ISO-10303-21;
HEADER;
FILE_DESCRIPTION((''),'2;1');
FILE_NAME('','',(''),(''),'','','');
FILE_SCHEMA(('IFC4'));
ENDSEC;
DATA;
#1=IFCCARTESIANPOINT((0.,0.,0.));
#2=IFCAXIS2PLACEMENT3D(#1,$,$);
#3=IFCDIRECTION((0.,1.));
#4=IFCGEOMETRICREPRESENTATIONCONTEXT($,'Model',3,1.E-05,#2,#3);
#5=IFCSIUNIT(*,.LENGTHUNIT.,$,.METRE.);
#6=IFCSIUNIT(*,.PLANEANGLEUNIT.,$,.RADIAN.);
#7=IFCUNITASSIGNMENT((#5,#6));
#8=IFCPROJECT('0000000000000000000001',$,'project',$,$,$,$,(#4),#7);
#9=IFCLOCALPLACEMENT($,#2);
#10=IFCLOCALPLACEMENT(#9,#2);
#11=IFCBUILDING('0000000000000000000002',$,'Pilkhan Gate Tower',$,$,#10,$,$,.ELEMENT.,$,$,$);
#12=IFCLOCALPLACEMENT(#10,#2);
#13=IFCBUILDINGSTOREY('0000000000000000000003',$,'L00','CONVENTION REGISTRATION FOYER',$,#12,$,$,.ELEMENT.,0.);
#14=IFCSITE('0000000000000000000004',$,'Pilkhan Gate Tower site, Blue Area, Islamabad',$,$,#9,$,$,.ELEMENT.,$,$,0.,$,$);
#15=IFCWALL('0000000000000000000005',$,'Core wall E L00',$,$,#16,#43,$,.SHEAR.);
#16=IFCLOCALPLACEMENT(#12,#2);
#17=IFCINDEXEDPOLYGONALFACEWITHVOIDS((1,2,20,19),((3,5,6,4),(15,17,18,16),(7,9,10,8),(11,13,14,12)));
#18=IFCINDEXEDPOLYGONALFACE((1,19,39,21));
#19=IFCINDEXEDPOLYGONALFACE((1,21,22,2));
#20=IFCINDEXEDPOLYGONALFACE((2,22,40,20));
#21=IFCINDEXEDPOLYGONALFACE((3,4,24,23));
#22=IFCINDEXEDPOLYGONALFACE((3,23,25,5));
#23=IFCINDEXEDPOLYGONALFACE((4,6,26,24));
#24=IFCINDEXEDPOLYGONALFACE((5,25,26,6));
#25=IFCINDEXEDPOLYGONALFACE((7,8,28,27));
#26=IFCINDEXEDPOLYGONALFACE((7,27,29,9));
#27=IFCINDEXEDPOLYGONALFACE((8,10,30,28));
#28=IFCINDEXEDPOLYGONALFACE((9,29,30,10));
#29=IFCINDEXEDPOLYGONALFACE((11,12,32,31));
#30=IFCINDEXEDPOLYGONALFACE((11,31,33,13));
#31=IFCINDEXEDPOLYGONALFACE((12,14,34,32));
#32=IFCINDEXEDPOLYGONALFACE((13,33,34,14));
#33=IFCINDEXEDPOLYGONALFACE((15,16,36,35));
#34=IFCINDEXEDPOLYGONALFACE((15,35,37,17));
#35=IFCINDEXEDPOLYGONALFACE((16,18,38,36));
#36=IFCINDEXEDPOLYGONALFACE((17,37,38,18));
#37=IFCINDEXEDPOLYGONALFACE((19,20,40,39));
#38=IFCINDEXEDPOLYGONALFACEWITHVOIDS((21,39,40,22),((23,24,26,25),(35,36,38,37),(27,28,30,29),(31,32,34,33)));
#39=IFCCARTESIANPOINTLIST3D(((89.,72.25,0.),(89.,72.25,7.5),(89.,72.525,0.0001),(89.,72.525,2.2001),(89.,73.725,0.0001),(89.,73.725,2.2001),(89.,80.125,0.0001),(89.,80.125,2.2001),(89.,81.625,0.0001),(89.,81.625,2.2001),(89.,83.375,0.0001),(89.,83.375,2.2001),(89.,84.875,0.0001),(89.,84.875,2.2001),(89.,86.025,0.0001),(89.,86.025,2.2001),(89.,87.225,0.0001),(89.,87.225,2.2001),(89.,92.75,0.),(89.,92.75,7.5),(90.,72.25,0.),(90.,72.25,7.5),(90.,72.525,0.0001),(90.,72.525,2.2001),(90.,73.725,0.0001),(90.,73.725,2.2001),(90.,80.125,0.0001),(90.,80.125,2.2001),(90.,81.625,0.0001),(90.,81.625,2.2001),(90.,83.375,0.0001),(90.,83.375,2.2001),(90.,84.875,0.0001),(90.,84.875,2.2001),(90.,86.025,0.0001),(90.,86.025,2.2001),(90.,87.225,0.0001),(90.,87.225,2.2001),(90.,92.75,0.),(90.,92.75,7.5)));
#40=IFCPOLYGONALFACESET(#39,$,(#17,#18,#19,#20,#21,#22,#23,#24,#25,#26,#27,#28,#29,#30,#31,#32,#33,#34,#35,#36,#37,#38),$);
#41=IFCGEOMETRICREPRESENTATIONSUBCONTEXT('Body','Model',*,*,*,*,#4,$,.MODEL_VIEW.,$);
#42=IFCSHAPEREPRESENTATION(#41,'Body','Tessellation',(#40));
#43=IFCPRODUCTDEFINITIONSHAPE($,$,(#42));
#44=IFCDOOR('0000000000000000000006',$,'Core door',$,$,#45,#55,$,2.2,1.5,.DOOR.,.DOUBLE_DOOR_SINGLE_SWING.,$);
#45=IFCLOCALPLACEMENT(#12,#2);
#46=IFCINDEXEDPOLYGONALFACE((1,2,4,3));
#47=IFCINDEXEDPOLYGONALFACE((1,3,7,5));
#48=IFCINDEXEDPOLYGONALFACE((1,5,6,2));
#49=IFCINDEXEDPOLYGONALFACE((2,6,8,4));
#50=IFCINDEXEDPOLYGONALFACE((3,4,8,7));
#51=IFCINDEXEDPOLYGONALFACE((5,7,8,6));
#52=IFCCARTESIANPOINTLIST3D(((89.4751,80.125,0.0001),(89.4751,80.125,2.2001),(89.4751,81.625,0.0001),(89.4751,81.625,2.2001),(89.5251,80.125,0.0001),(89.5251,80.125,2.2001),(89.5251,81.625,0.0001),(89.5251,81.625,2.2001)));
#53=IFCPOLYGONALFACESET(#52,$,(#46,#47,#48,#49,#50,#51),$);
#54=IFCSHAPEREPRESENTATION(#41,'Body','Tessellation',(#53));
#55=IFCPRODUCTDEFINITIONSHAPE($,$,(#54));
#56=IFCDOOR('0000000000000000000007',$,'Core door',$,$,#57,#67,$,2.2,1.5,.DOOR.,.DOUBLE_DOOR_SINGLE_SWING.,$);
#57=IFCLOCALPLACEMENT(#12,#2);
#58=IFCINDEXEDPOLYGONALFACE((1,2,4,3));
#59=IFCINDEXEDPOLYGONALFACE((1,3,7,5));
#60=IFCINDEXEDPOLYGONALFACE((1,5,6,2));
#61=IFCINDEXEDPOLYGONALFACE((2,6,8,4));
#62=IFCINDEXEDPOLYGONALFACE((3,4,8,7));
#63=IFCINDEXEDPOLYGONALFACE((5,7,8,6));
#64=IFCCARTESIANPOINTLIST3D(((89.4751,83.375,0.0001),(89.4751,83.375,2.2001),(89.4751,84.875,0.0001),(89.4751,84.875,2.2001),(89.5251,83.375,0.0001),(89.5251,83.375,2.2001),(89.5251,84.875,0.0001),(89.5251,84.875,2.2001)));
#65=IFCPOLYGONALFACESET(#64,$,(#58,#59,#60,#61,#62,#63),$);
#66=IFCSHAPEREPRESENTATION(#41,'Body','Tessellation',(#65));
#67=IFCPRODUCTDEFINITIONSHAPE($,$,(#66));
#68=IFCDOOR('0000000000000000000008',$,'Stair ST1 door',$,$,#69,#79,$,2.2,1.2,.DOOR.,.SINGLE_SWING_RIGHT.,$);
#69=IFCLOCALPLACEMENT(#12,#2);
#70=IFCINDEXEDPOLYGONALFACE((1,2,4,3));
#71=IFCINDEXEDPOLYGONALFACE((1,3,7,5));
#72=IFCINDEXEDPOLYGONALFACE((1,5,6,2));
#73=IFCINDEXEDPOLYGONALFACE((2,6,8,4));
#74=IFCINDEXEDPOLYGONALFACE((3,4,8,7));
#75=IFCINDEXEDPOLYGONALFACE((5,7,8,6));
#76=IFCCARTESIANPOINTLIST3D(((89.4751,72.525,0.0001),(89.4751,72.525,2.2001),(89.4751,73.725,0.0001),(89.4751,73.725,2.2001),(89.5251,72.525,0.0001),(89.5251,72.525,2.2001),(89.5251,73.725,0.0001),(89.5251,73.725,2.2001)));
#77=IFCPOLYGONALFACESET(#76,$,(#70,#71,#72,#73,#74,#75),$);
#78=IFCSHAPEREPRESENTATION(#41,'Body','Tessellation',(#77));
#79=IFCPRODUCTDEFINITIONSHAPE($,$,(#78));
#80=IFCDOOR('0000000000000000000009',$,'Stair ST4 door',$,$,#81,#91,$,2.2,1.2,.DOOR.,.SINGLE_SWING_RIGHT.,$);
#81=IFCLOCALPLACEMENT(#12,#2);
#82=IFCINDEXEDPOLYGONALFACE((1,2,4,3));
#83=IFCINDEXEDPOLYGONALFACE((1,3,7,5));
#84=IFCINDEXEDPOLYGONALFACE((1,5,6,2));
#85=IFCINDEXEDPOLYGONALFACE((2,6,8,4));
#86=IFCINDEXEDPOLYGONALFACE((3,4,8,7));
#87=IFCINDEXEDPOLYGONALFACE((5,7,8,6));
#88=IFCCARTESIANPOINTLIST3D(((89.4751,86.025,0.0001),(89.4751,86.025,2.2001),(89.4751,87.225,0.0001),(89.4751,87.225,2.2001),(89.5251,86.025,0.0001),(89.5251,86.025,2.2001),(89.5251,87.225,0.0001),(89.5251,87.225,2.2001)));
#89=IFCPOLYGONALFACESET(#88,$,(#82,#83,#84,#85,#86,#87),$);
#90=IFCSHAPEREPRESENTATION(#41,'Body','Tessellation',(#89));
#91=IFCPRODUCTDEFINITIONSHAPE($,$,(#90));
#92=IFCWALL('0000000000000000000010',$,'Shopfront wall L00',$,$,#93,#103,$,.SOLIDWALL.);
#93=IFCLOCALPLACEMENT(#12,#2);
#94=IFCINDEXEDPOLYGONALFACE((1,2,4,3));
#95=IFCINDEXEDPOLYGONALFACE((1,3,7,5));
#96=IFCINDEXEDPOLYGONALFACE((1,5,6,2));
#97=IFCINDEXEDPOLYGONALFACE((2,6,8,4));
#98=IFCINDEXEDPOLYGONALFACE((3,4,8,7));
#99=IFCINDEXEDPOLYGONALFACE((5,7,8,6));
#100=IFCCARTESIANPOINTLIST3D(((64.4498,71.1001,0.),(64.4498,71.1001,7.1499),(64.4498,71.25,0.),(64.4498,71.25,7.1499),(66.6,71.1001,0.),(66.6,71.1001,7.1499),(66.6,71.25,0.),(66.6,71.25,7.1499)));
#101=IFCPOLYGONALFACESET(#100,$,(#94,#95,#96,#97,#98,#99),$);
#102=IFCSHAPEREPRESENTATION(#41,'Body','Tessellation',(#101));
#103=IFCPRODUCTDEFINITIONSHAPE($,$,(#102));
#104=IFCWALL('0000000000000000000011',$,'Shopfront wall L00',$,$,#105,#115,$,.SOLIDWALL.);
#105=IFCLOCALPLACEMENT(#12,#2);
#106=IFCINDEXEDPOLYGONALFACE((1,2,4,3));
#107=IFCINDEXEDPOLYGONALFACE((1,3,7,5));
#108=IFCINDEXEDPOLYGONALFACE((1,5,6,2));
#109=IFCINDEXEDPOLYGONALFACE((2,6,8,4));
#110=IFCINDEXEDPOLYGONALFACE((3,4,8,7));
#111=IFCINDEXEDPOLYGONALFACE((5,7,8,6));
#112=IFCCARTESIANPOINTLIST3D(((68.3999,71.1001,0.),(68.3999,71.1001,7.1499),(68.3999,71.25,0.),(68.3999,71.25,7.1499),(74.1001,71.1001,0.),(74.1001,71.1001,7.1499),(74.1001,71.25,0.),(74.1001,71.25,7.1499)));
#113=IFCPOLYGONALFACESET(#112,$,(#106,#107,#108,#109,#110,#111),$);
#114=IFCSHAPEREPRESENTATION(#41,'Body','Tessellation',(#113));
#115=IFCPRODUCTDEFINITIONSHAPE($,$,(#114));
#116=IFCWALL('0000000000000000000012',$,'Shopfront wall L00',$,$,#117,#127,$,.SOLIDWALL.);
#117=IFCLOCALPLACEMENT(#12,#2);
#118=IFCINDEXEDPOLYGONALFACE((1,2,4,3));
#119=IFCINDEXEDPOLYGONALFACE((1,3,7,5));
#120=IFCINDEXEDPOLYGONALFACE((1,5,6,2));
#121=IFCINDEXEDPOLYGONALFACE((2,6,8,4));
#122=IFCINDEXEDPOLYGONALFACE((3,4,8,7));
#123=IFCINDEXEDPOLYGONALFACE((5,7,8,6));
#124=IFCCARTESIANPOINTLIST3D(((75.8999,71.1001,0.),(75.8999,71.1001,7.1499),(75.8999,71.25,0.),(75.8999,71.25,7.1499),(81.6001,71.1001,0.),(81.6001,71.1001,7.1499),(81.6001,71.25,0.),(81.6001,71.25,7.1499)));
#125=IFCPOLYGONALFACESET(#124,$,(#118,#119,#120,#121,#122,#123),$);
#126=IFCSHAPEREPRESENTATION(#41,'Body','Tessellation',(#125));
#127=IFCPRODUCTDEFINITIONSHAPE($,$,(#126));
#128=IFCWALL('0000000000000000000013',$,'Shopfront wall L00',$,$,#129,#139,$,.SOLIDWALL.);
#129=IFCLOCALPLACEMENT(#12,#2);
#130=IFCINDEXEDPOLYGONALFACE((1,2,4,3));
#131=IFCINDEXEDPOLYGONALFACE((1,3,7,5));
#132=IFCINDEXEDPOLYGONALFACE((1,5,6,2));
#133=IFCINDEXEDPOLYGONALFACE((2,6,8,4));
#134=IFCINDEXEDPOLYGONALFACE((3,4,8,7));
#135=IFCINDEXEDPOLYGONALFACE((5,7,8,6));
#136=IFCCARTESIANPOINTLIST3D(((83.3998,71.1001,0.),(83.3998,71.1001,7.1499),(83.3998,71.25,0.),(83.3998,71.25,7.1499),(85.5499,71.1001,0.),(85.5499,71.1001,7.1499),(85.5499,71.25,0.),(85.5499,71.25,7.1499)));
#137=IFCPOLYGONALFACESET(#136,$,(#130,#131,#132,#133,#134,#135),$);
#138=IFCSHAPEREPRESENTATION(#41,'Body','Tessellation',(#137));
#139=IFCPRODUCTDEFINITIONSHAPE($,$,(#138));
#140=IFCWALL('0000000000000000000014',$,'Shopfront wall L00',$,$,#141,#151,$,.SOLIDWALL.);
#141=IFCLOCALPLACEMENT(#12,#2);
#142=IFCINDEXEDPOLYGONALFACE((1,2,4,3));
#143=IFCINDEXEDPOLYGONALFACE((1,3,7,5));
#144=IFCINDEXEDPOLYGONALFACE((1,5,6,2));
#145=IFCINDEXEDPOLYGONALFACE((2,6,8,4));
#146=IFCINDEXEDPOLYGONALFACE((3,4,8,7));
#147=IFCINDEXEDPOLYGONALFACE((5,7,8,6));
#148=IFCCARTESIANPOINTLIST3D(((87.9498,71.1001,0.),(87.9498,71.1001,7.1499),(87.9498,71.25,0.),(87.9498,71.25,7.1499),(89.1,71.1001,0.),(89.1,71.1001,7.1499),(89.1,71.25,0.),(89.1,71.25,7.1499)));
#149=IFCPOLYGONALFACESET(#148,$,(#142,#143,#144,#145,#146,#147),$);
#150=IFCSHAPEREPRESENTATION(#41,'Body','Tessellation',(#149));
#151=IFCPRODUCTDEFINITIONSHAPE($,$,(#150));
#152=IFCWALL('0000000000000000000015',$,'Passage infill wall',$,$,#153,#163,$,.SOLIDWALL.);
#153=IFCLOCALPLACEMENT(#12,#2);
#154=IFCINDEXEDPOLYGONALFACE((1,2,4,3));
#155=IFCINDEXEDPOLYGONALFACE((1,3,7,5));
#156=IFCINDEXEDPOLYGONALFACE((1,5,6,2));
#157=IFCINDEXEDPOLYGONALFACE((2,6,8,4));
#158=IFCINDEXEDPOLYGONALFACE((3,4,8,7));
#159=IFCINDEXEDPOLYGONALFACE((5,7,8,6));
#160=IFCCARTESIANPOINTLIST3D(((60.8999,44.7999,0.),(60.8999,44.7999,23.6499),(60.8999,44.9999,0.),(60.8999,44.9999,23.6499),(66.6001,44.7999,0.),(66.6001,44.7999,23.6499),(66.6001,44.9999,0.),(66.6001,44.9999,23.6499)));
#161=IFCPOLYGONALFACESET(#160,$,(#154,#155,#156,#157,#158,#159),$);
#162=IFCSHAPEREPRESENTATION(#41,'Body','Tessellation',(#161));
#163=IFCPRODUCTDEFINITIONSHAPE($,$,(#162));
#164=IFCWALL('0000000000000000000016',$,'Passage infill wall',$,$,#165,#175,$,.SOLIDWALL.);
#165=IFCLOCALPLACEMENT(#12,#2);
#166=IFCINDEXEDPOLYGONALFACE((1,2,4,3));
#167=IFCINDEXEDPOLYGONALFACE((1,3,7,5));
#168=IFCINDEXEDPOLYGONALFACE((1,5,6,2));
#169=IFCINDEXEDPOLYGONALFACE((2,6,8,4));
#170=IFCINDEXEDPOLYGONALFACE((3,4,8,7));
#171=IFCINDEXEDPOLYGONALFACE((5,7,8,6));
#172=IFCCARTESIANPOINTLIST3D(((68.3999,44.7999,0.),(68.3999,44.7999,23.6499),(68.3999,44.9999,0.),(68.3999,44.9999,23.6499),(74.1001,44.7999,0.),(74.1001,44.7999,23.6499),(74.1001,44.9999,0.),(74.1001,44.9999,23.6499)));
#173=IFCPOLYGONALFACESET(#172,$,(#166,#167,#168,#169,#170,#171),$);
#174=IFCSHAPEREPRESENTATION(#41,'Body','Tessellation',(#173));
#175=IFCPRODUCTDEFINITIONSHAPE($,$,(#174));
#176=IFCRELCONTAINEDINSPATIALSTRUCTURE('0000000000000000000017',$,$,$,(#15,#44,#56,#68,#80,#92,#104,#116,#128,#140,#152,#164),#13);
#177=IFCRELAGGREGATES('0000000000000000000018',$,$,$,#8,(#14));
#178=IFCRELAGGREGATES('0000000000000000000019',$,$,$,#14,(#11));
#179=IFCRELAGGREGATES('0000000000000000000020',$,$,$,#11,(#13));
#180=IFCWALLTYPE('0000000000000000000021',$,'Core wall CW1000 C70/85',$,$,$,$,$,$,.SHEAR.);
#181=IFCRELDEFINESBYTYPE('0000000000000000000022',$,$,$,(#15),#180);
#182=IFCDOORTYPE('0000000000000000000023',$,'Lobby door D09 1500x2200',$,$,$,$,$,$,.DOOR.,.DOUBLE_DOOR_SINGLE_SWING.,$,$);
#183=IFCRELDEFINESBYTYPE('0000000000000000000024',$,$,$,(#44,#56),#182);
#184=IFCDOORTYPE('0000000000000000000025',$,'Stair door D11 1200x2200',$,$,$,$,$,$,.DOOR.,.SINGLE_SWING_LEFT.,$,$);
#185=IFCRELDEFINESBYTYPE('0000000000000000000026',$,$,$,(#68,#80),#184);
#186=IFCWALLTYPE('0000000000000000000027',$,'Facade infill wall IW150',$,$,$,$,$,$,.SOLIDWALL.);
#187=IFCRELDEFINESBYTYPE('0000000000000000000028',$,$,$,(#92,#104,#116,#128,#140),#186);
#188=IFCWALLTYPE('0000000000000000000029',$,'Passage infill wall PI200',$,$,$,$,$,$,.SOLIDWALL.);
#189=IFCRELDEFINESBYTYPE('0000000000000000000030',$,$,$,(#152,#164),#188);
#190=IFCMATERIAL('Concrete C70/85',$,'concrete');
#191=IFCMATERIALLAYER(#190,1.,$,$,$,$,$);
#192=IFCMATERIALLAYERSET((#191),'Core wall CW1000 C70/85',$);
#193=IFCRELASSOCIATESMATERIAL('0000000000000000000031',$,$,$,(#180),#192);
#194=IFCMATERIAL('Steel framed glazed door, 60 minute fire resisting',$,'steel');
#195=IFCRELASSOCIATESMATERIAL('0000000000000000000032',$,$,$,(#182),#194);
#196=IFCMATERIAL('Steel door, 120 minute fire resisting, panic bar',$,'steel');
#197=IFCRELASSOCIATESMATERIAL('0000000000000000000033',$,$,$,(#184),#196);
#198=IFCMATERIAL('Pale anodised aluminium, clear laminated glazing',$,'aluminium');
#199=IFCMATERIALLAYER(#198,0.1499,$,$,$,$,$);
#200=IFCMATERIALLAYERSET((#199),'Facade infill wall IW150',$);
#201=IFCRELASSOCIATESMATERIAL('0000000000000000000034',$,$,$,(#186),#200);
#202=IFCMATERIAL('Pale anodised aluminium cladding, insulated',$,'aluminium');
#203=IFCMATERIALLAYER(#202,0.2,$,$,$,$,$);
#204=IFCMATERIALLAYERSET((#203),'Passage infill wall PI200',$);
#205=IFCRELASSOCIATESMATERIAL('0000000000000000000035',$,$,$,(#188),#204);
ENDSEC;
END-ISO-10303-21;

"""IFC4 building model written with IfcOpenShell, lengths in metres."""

from ifc_helpers import new_model, si_unit, direction, frame, frame_2d, origin, place, context, subcontext, project, spatial, rectangle, extrude, material, layer, layer_set, type_object, element, fill, save


model = new_model("IFC4")

# Units and contexts
model_context = context("Model", 3, precision=1e-05, world=origin(), true_north=direction((0.0, 1.0)))
body_context = subcontext(model_context, "Body", "Model", "MODEL_VIEW")
ifc_project = project(units=[si_unit("LENGTHUNIT", "METRE"), si_unit("PLANEANGLEUNIT", "RADIAN")], contexts=[model_context])

# Site, building, storey
site_placement = place(None, origin())
site = spatial("IfcSite", under=ifc_project, at=site_placement, Name="Pilkhan Gate Tower site, Blue Area, Islamabad", CompositionType="ELEMENT", RefElevation=0.0)
building_placement = place(site_placement, origin())
building = spatial("IfcBuilding", under=site, at=building_placement, Name="Pilkhan Gate Tower", CompositionType="ELEMENT")
storey_placement = place(building_placement, origin())
storey = spatial("IfcBuildingStorey", under=building, at=storey_placement, Name="L00", Description="CONVENTION REGISTRATION FOYER", CompositionType="ELEMENT", Elevation=0.0)

# Shared definitions
ifc_material_1 = material(Name="Concrete C70/85", Category="concrete")

# Wall, openings, doors
ifc_layer_1 = layer(ifc_material_1, 1.0)
ifc_layer_set_1 = layer_set([ifc_layer_1], Name="Core wall CW1000 C70/85")
wall_type_1 = type_object("IfcWallType", Name="Core wall CW1000 C70/85", PredefinedType="SHEAR", material=ifc_layer_set_1)
wall_1_placement = place(storey_placement, frame((89.5, 72.25, 0.0), z_axis=(0.0, 0.0, 1.0), x_axis=(0.0, 1.0, 0.0)))
wall_1 = element("IfcWall", 1, at=wall_1_placement, inside=storey, type_object=wall_type_1, Name="Core wall E L00", PredefinedType="SHEAR", context=body_context, shape_type="SweptSolid", body=[
    extrude(rectangle(XDim=20.5, YDim=1.0, at=frame_2d((10.25, 0.0))), origin(), (0.0, 0.0, 1.0), 7.5),
])
opening_1_placement = place(wall_1_placement, frame((0.2749, 0.0, 0.0)))
opening_1 = element("IfcOpeningElement", 2, at=opening_1_placement, cuts=wall_1, PredefinedType="OPENING", context=body_context, shape_type="SweptSolid", body=[
    extrude(rectangle(XDim=1.2, YDim=2.2, at=frame_2d((0.6001, 1.1001))), frame((0.0, 0.51, 0.0), z_axis=(0.0, -1.0, 0.0), x_axis=(1.0, 0.0, 0.0)), (0.0, 0.0, 1.0), 1.02),
])
opening_2_placement = place(wall_1_placement, frame((13.7749, 0.0, 0.0)))
opening_2 = element("IfcOpeningElement", 3, at=opening_2_placement, cuts=wall_1, PredefinedType="OPENING", context=body_context, shape_type="SweptSolid", body=[
    extrude(rectangle(XDim=1.2, YDim=2.2, at=frame_2d((0.6001, 1.1001))), frame((0.0, 0.51, 0.0), z_axis=(0.0, -1.0, 0.0), x_axis=(1.0, 0.0, 0.0)), (0.0, 0.0, 1.0), 1.02),
])
opening_3_placement = place(wall_1_placement, frame((7.875, 0.0, 0.0)))
opening_3 = element("IfcOpeningElement", 4, at=opening_3_placement, cuts=wall_1, PredefinedType="OPENING", context=body_context, shape_type="SweptSolid", body=[
    extrude(rectangle(XDim=1.5, YDim=2.2, at=frame_2d((0.75, 1.1001))), frame((0.0, 0.51, 0.0), z_axis=(0.0, -1.0, 0.0), x_axis=(1.0, 0.0, 0.0)), (0.0, 0.0, 1.0), 1.02),
])
opening_4_placement = place(wall_1_placement, frame((11.125, 0.0, 0.0)))
opening_4 = element("IfcOpeningElement", 5, at=opening_4_placement, cuts=wall_1, PredefinedType="OPENING", context=body_context, shape_type="SweptSolid", body=[
    extrude(rectangle(XDim=1.5, YDim=2.2, at=frame_2d((0.75, 1.1001))), frame((0.0, 0.51, 0.0), z_axis=(0.0, -1.0, 0.0), x_axis=(1.0, 0.0, 0.0)), (0.0, 0.0, 1.0), 1.02),
])
ifc_material_2 = material(Name="Steel framed glazed door, 60 minute fire resisting", Category="steel")
door_type_1 = type_object("IfcDoorType", Name="Lobby door D09 1500x2200", OperationType="DOUBLE_DOOR_SINGLE_SWING", PredefinedType="DOOR", material=ifc_material_2)
door_1_placement = place(opening_3_placement, origin())
door_1 = element("IfcDoor", 6, at=door_1_placement, inside=storey, type_object=door_type_1, Name="Core door", OperationType="DOUBLE_DOOR_SINGLE_SWING", OverallHeight=2.2, OverallWidth=1.5, PredefinedType="DOOR", context=body_context, shape_type="SweptSolid", body=[
    extrude(rectangle(XDim=1.5, YDim=2.2, at=frame_2d((0.75, 1.1001))), frame((0.0, 0.0249, 0.0), z_axis=(0.0, -1.0, 0.0), x_axis=(1.0, 0.0, 0.0)), (0.0, 0.0, 1.0), 0.05),
])
fill(opening_3, door_1)
door_2_placement = place(opening_4_placement, origin())
door_2 = element("IfcDoor", 7, at=door_2_placement, inside=storey, type_object=door_type_1, Name="Core door", OperationType="DOUBLE_DOOR_SINGLE_SWING", OverallHeight=2.2, OverallWidth=1.5, PredefinedType="DOOR", context=body_context, shape_type="SweptSolid", body=[
    extrude(rectangle(XDim=1.5, YDim=2.2, at=frame_2d((0.75, 1.1001))), frame((0.0, 0.0249, 0.0), z_axis=(0.0, -1.0, 0.0), x_axis=(1.0, 0.0, 0.0)), (0.0, 0.0, 1.0), 0.05),
])
fill(opening_4, door_2)
ifc_material_3 = material(Name="Steel door, 120 minute fire resisting, panic bar", Category="steel")
door_type_2 = type_object("IfcDoorType", Name="Stair door D11 1200x2200", OperationType="SINGLE_SWING_LEFT", PredefinedType="DOOR", material=ifc_material_3)
door_3_placement = place(opening_1_placement, origin())
door_3 = element("IfcDoor", 8, at=door_3_placement, inside=storey, type_object=door_type_2, Name="Stair ST1 door", OperationType="SINGLE_SWING_RIGHT", OverallHeight=2.2, OverallWidth=1.2, PredefinedType="DOOR", context=body_context, shape_type="SweptSolid", body=[
    extrude(rectangle(XDim=1.2, YDim=2.2, at=frame_2d((0.6001, 1.1001))), frame((0.0, 0.0249, 0.0), z_axis=(0.0, -1.0, 0.0), x_axis=(1.0, 0.0, 0.0)), (0.0, 0.0, 1.0), 0.05),
])
fill(opening_1, door_3)
door_4_placement = place(opening_2_placement, origin())
door_4 = element("IfcDoor", 9, at=door_4_placement, inside=storey, type_object=door_type_2, Name="Stair ST4 door", OperationType="SINGLE_SWING_RIGHT", OverallHeight=2.2, OverallWidth=1.2, PredefinedType="DOOR", context=body_context, shape_type="SweptSolid", body=[
    extrude(rectangle(XDim=1.2, YDim=2.2, at=frame_2d((0.6001, 1.1001))), frame((0.0, 0.0249, 0.0), z_axis=(0.0, -1.0, 0.0), x_axis=(1.0, 0.0, 0.0)), (0.0, 0.0, 1.0), 0.05),
])
fill(opening_2, door_4)

# Walls
ifc_material_4 = material(Name="Pale anodised aluminium, clear laminated glazing", Category="aluminium")
ifc_layer_2 = layer(ifc_material_4, 0.1499)
ifc_layer_set_2 = layer_set([ifc_layer_2], Name="Facade infill wall IW150")
wall_type_2 = type_object("IfcWallType", Name="Facade infill wall IW150", PredefinedType="SOLIDWALL", material=ifc_layer_set_2)
wall_2_placement = place(storey_placement, frame((66.6001, 71.175, 0.0), z_axis=(0.0, 0.0, 1.0), x_axis=(-1.0, 0.0, 0.0)))
element("IfcWall", 10, at=wall_2_placement, inside=storey, type_object=wall_type_2, Name="Shopfront wall L00", PredefinedType="SOLIDWALL", context=body_context, shape_type="SweptSolid", body=[
    extrude(rectangle(XDim=2.1501, YDim=0.1499, at=frame_2d((1.0752, 0.0))), origin(), (0.0, 0.0, 1.0), 7.1499),
])
for number, where, z_axis, x_axis, name in (
    (11, (74.1001, 71.175, 0.0), (0.0, 0.0, 1.0), (-1.0, 0.0, 0.0), "Shopfront wall L00"),
    (12, (81.6001, 71.175, 0.0), (0.0, 0.0, 1.0), (-1.0, 0.0, 0.0), "Shopfront wall L00"),
):
    element("IfcWall", number, at=place(storey_placement, frame(where, z_axis=z_axis, x_axis=x_axis)), inside=storey, type_object=wall_type_2, Name=name, PredefinedType="SOLIDWALL", context=body_context, shape_type="SweptSolid", body=[
        extrude(rectangle(XDim=5.7002, YDim=0.1499, at=frame_2d((2.8501, 0.0))), origin(), (0.0, 0.0, 1.0), 7.1499),
    ])
wall_3_placement = place(storey_placement, frame((85.55, 71.175, 0.0), z_axis=(0.0, 0.0, 1.0), x_axis=(-1.0, 0.0, 0.0)))
element("IfcWall", 13, at=wall_3_placement, inside=storey, type_object=wall_type_2, Name="Shopfront wall L00", PredefinedType="SOLIDWALL", context=body_context, shape_type="SweptSolid", body=[
    extrude(rectangle(XDim=2.1501, YDim=0.1499, at=frame_2d((1.0752, 0.0))), origin(), (0.0, 0.0, 1.0), 7.1499),
])
wall_4_placement = place(storey_placement, frame((89.1001, 71.175, 0.0), z_axis=(0.0, 0.0, 1.0), x_axis=(-1.0, 0.0, 0.0)))
element("IfcWall", 14, at=wall_4_placement, inside=storey, type_object=wall_type_2, Name="Shopfront wall L00", PredefinedType="SOLIDWALL", context=body_context, shape_type="SweptSolid", body=[
    extrude(rectangle(XDim=1.1501, YDim=0.1499, at=frame_2d((0.5752, 0.0))), origin(), (0.0, 0.0, 1.0), 7.1499),
])
ifc_material_5 = material(Name="Pale anodised aluminium cladding, insulated", Category="aluminium")
ifc_layer_3 = layer(ifc_material_5, 0.2)
ifc_layer_set_3 = layer_set([ifc_layer_3], Name="Passage infill wall PI200")
wall_type_3 = type_object("IfcWallType", Name="Passage infill wall PI200", PredefinedType="SOLIDWALL", material=ifc_layer_set_3)
for number, where, z_axis, x_axis, name in (
    (15, (66.6001, 44.8999, 0.0), (0.0, 0.0, 1.0), (-1.0, 0.0, 0.0), "Passage infill wall"),
    (16, (74.1001, 44.8999, 0.0), (0.0, 0.0, 1.0), (-1.0, 0.0, 0.0), "Passage infill wall"),
):
    element("IfcWall", number, at=place(storey_placement, frame(where, z_axis=z_axis, x_axis=x_axis)), inside=storey, type_object=wall_type_3, Name=name, PredefinedType="SOLIDWALL", context=body_context, shape_type="SweptSolid", body=[
        extrude(rectangle(XDim=5.7002, YDim=0.2, at=frame_2d((2.8501, 0.0))), origin(), (0.0, 0.0, 1.0), 23.6499),
    ])

save(model, "model.ifc")
